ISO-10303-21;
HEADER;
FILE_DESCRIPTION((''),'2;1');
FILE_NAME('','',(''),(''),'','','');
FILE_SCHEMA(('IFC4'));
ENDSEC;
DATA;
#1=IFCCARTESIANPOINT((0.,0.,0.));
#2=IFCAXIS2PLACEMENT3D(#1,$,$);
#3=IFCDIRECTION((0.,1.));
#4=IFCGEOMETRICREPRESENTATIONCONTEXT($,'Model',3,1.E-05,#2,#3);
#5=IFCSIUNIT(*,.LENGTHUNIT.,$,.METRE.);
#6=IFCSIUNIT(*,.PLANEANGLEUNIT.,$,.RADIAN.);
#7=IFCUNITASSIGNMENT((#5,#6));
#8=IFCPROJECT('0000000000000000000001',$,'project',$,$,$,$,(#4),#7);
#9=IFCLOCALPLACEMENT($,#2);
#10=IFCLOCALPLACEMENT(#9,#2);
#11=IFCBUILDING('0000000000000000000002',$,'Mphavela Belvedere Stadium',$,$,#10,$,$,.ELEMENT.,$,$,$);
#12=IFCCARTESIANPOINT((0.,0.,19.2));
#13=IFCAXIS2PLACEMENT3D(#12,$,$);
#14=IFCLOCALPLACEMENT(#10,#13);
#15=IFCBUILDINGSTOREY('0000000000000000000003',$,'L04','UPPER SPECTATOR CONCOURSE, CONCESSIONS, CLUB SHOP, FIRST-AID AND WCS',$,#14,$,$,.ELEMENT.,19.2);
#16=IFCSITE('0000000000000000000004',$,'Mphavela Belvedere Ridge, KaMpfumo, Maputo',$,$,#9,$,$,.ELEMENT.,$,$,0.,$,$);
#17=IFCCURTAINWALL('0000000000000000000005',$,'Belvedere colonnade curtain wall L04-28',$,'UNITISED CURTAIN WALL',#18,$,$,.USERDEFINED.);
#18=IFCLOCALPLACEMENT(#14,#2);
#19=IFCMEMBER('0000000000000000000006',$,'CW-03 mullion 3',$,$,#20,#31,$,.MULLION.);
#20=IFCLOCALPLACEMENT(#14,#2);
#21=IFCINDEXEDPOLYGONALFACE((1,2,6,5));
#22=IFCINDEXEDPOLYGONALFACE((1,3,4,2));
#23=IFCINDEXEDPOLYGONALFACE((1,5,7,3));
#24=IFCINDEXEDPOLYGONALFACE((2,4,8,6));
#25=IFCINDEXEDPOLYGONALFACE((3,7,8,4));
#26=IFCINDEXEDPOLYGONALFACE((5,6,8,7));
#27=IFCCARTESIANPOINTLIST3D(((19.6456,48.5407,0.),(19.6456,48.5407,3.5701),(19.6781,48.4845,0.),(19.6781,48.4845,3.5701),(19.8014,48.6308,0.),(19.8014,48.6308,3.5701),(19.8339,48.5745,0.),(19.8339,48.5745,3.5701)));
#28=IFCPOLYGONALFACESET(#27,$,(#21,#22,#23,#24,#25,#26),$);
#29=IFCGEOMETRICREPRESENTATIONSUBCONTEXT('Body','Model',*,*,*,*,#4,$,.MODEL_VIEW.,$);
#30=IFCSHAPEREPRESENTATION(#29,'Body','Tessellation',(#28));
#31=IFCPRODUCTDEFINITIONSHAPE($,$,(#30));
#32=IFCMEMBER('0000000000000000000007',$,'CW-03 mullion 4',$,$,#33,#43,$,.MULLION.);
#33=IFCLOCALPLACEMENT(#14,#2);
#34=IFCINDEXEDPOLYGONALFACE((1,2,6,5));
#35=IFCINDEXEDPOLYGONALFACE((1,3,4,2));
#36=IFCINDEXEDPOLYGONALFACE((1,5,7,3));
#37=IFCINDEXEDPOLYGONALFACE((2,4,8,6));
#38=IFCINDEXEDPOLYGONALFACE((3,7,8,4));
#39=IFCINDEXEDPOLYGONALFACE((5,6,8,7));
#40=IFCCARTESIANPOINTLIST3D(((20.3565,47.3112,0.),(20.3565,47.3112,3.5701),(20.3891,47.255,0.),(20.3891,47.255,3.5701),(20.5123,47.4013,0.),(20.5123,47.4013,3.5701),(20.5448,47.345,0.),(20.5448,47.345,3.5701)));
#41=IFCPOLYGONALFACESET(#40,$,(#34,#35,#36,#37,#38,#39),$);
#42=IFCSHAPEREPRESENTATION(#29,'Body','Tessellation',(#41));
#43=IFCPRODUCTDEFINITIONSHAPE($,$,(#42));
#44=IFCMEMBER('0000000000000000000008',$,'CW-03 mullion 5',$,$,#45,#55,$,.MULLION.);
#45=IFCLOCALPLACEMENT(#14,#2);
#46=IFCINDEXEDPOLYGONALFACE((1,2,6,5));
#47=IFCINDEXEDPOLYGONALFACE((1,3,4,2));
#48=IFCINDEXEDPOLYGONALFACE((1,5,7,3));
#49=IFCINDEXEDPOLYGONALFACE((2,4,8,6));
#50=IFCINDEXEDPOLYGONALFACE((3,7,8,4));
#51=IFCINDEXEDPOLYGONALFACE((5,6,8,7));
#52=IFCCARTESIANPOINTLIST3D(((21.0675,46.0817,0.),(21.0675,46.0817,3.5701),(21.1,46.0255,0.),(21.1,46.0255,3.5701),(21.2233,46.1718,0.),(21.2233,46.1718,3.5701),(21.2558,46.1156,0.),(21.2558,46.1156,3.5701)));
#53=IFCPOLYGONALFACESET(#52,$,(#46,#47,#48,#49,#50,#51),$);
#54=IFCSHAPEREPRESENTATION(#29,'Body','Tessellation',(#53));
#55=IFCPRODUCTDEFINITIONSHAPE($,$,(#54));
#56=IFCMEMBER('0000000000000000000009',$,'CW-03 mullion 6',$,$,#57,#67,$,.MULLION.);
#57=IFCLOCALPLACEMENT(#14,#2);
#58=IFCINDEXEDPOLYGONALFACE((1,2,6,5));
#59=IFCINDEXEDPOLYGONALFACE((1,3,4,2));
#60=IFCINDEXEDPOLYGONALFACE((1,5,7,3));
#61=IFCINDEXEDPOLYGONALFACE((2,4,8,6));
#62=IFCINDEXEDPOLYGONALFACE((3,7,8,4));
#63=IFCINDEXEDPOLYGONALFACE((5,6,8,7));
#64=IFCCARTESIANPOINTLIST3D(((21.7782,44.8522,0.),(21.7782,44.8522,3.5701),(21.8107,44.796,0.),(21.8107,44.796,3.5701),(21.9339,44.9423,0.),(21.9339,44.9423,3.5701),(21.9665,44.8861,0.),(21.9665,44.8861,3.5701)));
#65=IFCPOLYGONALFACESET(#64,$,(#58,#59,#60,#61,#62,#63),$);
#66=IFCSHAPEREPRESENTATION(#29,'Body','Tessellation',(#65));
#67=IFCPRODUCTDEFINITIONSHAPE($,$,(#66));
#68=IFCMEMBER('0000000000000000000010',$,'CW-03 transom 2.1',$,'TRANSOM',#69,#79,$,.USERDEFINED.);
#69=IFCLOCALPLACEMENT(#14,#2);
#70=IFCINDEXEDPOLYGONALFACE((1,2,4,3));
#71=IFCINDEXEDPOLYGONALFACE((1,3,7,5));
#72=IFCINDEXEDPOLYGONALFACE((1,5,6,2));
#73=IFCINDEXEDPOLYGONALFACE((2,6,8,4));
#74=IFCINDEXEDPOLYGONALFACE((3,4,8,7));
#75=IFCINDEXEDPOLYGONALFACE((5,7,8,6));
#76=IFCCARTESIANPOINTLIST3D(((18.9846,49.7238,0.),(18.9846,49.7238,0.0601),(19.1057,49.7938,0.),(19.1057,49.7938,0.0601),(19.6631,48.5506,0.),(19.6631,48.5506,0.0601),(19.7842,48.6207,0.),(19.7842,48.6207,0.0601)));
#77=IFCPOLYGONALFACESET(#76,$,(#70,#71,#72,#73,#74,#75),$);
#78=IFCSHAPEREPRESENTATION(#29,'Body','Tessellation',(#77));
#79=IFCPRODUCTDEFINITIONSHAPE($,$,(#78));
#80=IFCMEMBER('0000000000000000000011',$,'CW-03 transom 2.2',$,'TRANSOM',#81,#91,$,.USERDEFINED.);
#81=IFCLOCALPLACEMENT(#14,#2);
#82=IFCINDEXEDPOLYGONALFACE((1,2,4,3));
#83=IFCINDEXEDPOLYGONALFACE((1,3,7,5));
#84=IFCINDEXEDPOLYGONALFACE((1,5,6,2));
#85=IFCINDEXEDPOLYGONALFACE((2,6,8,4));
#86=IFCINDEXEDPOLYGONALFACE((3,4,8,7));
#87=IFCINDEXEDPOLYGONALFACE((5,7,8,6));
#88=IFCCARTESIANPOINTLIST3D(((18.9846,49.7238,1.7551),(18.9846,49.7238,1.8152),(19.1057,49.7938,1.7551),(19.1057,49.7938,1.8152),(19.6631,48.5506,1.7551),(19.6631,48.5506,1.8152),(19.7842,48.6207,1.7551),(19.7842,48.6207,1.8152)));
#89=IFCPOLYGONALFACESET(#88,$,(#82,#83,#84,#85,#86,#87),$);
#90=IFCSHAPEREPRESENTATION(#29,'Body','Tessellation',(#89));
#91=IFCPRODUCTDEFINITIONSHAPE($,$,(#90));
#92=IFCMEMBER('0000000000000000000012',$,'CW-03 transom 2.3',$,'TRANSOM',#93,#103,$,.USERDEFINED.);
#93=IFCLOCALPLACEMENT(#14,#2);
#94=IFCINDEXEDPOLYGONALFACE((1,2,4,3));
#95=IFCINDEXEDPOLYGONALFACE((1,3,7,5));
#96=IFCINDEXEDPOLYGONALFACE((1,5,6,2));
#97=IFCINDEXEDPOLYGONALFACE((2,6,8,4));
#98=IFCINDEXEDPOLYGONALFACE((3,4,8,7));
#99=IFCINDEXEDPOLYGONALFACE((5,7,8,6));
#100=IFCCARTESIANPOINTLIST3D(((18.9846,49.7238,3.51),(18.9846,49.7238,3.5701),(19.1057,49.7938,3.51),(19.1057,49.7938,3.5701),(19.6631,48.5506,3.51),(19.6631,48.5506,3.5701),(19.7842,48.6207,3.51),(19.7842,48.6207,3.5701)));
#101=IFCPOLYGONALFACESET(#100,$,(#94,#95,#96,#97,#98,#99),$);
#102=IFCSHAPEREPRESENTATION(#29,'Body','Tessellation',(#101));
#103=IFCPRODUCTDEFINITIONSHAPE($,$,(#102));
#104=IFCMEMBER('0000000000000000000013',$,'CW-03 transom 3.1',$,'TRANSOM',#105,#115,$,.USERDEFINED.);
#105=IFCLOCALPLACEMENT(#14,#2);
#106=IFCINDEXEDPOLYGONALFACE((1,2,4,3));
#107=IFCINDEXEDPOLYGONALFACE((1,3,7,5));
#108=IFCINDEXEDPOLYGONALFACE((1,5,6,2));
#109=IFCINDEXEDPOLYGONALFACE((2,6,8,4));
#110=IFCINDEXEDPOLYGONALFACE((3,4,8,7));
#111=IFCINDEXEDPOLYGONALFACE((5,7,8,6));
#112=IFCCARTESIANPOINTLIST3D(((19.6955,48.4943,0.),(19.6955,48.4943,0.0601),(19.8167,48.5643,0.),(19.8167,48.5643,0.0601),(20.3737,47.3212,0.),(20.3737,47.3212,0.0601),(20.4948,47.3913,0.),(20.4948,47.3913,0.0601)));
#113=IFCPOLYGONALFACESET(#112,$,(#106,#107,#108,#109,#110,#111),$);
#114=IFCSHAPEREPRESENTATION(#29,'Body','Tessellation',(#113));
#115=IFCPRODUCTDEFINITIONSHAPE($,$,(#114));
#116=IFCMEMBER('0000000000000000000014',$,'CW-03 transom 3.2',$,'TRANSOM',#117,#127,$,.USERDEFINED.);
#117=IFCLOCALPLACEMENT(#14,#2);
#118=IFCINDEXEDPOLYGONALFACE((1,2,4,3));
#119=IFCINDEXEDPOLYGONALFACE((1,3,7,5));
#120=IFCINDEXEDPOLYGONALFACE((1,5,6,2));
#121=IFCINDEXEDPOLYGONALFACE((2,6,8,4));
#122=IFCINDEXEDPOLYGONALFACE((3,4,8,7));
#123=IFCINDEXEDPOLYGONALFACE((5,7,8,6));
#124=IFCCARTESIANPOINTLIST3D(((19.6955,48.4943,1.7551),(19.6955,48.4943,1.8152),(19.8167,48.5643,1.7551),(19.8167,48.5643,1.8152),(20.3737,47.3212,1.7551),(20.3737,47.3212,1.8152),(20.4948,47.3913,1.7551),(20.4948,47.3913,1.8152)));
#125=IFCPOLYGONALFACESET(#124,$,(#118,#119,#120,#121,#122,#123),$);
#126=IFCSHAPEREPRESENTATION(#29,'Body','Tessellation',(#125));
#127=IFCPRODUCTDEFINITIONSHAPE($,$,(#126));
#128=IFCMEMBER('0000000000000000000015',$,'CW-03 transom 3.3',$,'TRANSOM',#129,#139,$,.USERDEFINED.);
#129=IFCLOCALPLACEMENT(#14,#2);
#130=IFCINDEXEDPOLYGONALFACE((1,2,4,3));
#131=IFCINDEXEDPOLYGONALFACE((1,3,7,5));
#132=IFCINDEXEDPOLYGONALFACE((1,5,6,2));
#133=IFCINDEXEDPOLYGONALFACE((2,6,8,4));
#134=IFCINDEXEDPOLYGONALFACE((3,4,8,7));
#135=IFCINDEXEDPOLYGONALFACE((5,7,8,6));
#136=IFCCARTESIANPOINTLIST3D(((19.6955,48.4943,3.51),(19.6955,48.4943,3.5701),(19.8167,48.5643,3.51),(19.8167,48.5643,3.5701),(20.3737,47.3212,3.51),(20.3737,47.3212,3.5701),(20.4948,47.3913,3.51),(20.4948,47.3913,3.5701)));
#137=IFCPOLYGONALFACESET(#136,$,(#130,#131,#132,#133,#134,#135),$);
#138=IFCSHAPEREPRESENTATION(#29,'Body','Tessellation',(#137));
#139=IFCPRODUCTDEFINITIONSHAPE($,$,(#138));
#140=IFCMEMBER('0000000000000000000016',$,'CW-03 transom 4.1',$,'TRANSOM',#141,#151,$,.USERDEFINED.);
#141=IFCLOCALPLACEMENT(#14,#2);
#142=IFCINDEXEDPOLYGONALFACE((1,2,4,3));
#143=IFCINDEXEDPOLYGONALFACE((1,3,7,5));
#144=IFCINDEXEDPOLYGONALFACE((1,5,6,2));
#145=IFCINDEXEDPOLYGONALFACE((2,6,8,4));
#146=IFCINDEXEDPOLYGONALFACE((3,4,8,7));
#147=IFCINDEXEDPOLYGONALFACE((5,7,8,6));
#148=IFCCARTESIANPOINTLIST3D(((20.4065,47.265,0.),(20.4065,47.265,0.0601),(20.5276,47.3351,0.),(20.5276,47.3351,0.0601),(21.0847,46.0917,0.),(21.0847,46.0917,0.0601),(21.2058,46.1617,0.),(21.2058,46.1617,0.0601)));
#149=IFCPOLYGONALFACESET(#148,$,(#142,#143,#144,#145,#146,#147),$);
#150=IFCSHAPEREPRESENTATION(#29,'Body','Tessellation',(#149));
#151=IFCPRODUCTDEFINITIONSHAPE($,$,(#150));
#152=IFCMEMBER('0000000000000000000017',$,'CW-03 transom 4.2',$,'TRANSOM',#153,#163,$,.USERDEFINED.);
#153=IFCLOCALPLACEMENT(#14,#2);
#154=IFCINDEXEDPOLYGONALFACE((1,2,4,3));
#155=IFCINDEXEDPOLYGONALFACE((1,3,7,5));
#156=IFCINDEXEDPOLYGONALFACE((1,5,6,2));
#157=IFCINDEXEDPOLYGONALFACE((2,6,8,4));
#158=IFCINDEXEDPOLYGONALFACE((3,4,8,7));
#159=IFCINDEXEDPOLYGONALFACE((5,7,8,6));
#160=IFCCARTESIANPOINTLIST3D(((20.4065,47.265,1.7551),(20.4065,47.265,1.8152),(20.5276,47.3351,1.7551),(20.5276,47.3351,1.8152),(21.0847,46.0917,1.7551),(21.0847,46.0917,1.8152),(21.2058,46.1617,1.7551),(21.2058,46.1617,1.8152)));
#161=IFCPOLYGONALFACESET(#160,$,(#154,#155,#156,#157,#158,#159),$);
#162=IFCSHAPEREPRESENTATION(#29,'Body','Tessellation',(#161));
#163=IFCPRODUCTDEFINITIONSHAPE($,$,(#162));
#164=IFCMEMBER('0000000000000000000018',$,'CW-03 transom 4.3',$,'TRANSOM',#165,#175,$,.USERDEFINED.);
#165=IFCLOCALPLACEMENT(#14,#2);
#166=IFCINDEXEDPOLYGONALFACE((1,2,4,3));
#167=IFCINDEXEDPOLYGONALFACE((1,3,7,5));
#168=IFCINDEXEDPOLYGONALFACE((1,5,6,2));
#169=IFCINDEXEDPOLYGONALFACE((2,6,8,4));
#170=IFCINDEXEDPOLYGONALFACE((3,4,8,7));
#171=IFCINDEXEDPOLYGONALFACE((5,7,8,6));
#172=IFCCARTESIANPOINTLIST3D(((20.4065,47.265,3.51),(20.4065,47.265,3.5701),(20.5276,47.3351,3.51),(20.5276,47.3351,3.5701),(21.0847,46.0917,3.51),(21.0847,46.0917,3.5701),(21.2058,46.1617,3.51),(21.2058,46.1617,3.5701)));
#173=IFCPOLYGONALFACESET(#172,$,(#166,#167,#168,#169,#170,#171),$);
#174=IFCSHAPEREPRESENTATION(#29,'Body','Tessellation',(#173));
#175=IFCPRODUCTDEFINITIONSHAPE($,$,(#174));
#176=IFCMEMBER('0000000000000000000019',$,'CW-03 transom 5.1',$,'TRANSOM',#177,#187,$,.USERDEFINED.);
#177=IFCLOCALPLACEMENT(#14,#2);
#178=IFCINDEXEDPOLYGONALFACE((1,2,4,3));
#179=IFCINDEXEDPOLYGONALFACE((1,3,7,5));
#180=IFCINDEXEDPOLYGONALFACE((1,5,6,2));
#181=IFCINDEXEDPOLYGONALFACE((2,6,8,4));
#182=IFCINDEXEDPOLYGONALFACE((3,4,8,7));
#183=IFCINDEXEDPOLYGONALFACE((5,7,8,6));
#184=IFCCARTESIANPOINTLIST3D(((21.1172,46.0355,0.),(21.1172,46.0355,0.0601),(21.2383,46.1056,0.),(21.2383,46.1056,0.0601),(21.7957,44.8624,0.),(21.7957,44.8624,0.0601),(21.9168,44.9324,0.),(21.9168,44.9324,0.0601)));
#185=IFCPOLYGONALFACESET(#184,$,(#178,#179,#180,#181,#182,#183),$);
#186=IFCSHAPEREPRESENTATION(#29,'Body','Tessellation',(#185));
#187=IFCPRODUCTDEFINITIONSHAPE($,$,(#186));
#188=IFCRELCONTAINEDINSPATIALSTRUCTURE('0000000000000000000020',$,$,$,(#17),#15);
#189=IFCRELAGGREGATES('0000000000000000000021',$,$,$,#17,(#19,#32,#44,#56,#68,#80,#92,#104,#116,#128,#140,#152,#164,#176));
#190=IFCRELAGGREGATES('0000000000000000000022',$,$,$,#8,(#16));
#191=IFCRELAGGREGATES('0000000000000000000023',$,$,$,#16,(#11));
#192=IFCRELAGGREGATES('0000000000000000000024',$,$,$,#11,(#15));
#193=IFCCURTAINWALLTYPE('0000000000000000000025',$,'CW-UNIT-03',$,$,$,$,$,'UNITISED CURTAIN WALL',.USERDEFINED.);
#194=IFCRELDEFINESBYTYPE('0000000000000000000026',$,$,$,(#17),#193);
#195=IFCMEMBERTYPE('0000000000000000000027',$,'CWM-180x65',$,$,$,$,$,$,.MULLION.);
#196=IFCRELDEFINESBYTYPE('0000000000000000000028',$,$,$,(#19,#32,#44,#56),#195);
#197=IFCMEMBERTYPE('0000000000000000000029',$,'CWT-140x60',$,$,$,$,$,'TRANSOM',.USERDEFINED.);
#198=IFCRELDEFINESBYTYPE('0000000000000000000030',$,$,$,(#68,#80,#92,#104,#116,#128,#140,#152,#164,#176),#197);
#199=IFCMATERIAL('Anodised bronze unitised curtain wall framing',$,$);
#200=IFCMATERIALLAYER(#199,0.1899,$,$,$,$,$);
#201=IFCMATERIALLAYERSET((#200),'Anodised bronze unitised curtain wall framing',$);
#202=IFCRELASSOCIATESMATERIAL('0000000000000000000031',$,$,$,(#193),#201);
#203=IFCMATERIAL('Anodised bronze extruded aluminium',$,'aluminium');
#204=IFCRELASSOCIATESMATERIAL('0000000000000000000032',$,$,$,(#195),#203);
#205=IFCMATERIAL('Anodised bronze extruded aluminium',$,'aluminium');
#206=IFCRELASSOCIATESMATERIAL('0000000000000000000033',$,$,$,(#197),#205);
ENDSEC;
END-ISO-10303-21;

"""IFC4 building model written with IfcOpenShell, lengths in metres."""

from ifc_helpers import new_model, si_unit, direction, frame, origin, origin_2d, place, context, subcontext, project, spatial, rectangle, extrude, material, layer, layer_set, material_profile, profile_set, type_object, element, aggregate, save


model = new_model("IFC4")

# Units and contexts
model_context = context("Model", 3, precision=1e-05, world=origin(), true_north=direction((0.0, 1.0)))
body_context = subcontext(model_context, "Body", "Model", "MODEL_VIEW")
ifc_project = project(units=[si_unit("LENGTHUNIT", "METRE"), si_unit("PLANEANGLEUNIT", "RADIAN")], contexts=[model_context])

# Site, building, storey
site_placement = place(None, origin())
site = spatial("IfcSite", under=ifc_project, at=site_placement, Name="Mphavela Belvedere Ridge, KaMpfumo, Maputo", CompositionType="ELEMENT", RefElevation=0.0)
building_placement = place(site_placement, origin())
building = spatial("IfcBuilding", under=site, at=building_placement, Name="Mphavela Belvedere Stadium", CompositionType="ELEMENT")
storey_placement = place(building_placement, frame((0.0, 0.0, 19.2)))
storey = spatial("IfcBuildingStorey", under=building, at=storey_placement, Name="L04", Description="UPPER SPECTATOR CONCOURSE, CONCESSIONS, CLUB SHOP, FIRST-AID AND WCS", CompositionType="ELEMENT", Elevation=19.2)

# Curtain wall, members
ifc_material_1 = material(Name="Anodised bronze unitised curtain wall framing")
ifc_layer_1 = layer(ifc_material_1, 0.1899)
ifc_layer_set_1 = layer_set([ifc_layer_1], Name="Anodised bronze unitised curtain wall framing")
curtain_wall_type = type_object("IfcCurtainWallType", Name="CW-UNIT-03", ElementType="UNITISED CURTAIN WALL", PredefinedType="USERDEFINED", material=ifc_layer_set_1)
curtain_wall_placement = place(storey_placement, origin())
curtain_wall = element("IfcCurtainWall", 1, at=curtain_wall_placement, inside=storey, type_object=curtain_wall_type, Name="Belvedere colonnade curtain wall L04-28", ObjectType="UNITISED CURTAIN WALL", PredefinedType="USERDEFINED")
ifc_material_2 = material(Name="Anodised bronze extruded aluminium", Category="aluminium")
ifc_material_profile_1 = material_profile(ifc_material_2, rectangle(XDim=0.1799, YDim=0.0649, at=origin_2d()), Name="CW-MUL 180x65")
ifc_profile_set_1 = profile_set([ifc_material_profile_1], Name="Anodised bronze extruded aluminium")
member_type_1 = type_object("IfcMemberType", Name="CWM-180x65", PredefinedType="MULLION", material=ifc_profile_set_1)
member_1_placement = place(storey_placement, frame((19.7397, 48.5576, 0.0), z_axis=(0.0, 0.0, 1.0), x_axis=(0.865704, 0.500556, 0.0)))
member_1 = element("IfcMember", 2, at=member_1_placement, type_object=member_type_1, Name="CW-03 mullion 3", PredefinedType="MULLION", context=body_context, shape_type="SweptSolid", body=[
    extrude(rectangle(XDim=0.1799, YDim=0.0649, at=origin_2d()), origin(), (0.0, 0.0, 1.0), 3.5701),
])
member_2_placement = place(storey_placement, frame((20.4507, 47.3281, 0.0), z_axis=(0.0, 0.0, 1.0), x_axis=(0.865704, 0.500556, 0.0)))
member_2 = element("IfcMember", 3, at=member_2_placement, type_object=member_type_1, Name="CW-03 mullion 4", PredefinedType="MULLION", context=body_context, shape_type="SweptSolid", body=[
    extrude(rectangle(XDim=0.1799, YDim=0.0649, at=origin_2d()), origin(), (0.0, 0.0, 1.0), 3.5701),
])
member_3_placement = place(storey_placement, frame((21.1616, 46.0986, 0.0), z_axis=(0.0, 0.0, 1.0), x_axis=(0.865704, 0.500556, 0.0)))
member_3 = element("IfcMember", 4, at=member_3_placement, type_object=member_type_1, Name="CW-03 mullion 5", PredefinedType="MULLION", context=body_context, shape_type="SweptSolid", body=[
    extrude(rectangle(XDim=0.1799, YDim=0.0649, at=origin_2d()), origin(), (0.0, 0.0, 1.0), 3.5701),
])
member_4_placement = place(storey_placement, frame((21.8723, 44.8691, 0.0), z_axis=(0.0, 0.0, 1.0), x_axis=(0.865704, 0.500556, 0.0)))
member_4 = element("IfcMember", 5, at=member_4_placement, type_object=member_type_1, Name="CW-03 mullion 6", PredefinedType="MULLION", context=body_context, shape_type="SweptSolid", body=[
    extrude(rectangle(XDim=0.1799, YDim=0.0649, at=origin_2d()), origin(), (0.0, 0.0, 1.0), 3.5701),
])
ifc_material_3 = material(Name="Anodised bronze extruded aluminium", Category="aluminium")
ifc_material_profile_2 = material_profile(ifc_material_3, rectangle(XDim=0.1399, YDim=0.0601, at=origin_2d()), Name="CW-TRN 140x60")
ifc_profile_set_2 = profile_set([ifc_material_profile_2], Name="Anodised bronze extruded aluminium")
member_type_2 = type_object("IfcMemberType", Name="CWT-140x60", ElementType="TRANSOM", PredefinedType="USERDEFINED", material=ifc_profile_set_2)
member_5_placement = place(storey_placement, frame((19.0452, 49.7588, 0.03), z_axis=(0.500653, -0.865648, 0.0), x_axis=(0.865648, 0.500653, 0.0)))
member_5 = element("IfcMember", 6, at=member_5_placement, type_object=member_type_2, Name="CW-03 transom 2.1", ObjectType="TRANSOM", PredefinedType="USERDEFINED", context=body_context, shape_type="SweptSolid", body=[
    extrude(rectangle(XDim=0.1399, YDim=0.0601, at=origin_2d()), origin(), (0.0, 0.0, 1.0), 1.3552),
])
member_6_placement = place(storey_placement, frame((19.0452, 49.7588, 1.7852), z_axis=(0.500653, -0.865648, 0.0), x_axis=(0.865648, 0.500653, 0.0)))
member_6 = element("IfcMember", 7, at=member_6_placement, type_object=member_type_2, Name="CW-03 transom 2.2", ObjectType="TRANSOM", PredefinedType="USERDEFINED", context=body_context, shape_type="SweptSolid", body=[
    extrude(rectangle(XDim=0.1399, YDim=0.0601, at=origin_2d()), origin(), (0.0, 0.0, 1.0), 1.3552),
])
member_7_placement = place(storey_placement, frame((19.0452, 49.7588, 3.54), z_axis=(0.500653, -0.865648, 0.0), x_axis=(0.865648, 0.500653, 0.0)))
member_7 = element("IfcMember", 8, at=member_7_placement, type_object=member_type_2, Name="CW-03 transom 2.3", ObjectType="TRANSOM", PredefinedType="USERDEFINED", context=body_context, shape_type="SweptSolid", body=[
    extrude(rectangle(XDim=0.1399, YDim=0.0601, at=origin_2d()), origin(), (0.0, 0.0, 1.0), 1.3552),
])
member_8_placement = place(storey_placement, frame((19.7561, 48.5293, 0.03), z_axis=(0.500518, -0.865726, 0.0), x_axis=(0.865726, 0.500518, 0.0)))
member_8 = element("IfcMember", 9, at=member_8_placement, type_object=member_type_2, Name="CW-03 transom 3.1", ObjectType="TRANSOM", PredefinedType="USERDEFINED", context=body_context, shape_type="SweptSolid", body=[
    extrude(rectangle(XDim=0.1399, YDim=0.0601, at=origin_2d()), origin(), (0.0, 0.0, 1.0), 1.355),
])
member_9_placement = place(storey_placement, frame((19.7561, 48.5293, 1.7852), z_axis=(0.500518, -0.865726, 0.0), x_axis=(0.865726, 0.500518, 0.0)))
member_9 = element("IfcMember", 10, at=member_9_placement, type_object=member_type_2, Name="CW-03 transom 3.2", ObjectType="TRANSOM", PredefinedType="USERDEFINED", context=body_context, shape_type="SweptSolid", body=[
    extrude(rectangle(XDim=0.1399, YDim=0.0601, at=origin_2d()), origin(), (0.0, 0.0, 1.0), 1.355),
])
member_10_placement = place(storey_placement, frame((19.7561, 48.5293, 3.54), z_axis=(0.500518, -0.865726, 0.0), x_axis=(0.865726, 0.500518, 0.0)))
member_10 = element("IfcMember", 11, at=member_10_placement, type_object=member_type_2, Name="CW-03 transom 3.3", ObjectType="TRANSOM", PredefinedType="USERDEFINED", context=body_context, shape_type="SweptSolid", body=[
    extrude(rectangle(XDim=0.1399, YDim=0.0601, at=origin_2d()), origin(), (0.0, 0.0, 1.0), 1.355),
])
member_11_placement = place(storey_placement, frame((20.467, 47.3, 0.03), z_axis=(0.50044, -0.865771, 0.0), x_axis=(0.865771, 0.50044, 0.0)))
member_11 = element("IfcMember", 12, at=member_11_placement, type_object=member_type_2, Name="CW-03 transom 4.1", ObjectType="TRANSOM", PredefinedType="USERDEFINED", context=body_context, shape_type="SweptSolid", body=[
    extrude(rectangle(XDim=0.1399, YDim=0.0601, at=origin_2d()), origin(), (0.0, 0.0, 1.0), 1.3552),
])
member_12_placement = place(storey_placement, frame((20.467, 47.3, 1.7852), z_axis=(0.50044, -0.865771, 0.0), x_axis=(0.865771, 0.50044, 0.0)))
member_12 = element("IfcMember", 13, at=member_12_placement, type_object=member_type_2, Name="CW-03 transom 4.2", ObjectType="TRANSOM", PredefinedType="USERDEFINED", context=body_context, shape_type="SweptSolid", body=[
    extrude(rectangle(XDim=0.1399, YDim=0.0601, at=origin_2d()), origin(), (0.0, 0.0, 1.0), 1.3552),
])
member_13_placement = place(storey_placement, frame((20.467, 47.3, 3.54), z_axis=(0.50044, -0.865771, 0.0), x_axis=(0.865771, 0.50044, 0.0)))
member_13 = element("IfcMember", 14, at=member_13_placement, type_object=member_type_2, Name="CW-03 transom 4.3", ObjectType="TRANSOM", PredefinedType="USERDEFINED", context=body_context, shape_type="SweptSolid", body=[
    extrude(rectangle(XDim=0.1399, YDim=0.0601, at=origin_2d()), origin(), (0.0, 0.0, 1.0), 1.3552),
])
member_14_placement = place(storey_placement, frame((21.1777, 46.0706, 0.03), z_axis=(0.500653, -0.865648, 0.0), x_axis=(0.865648, 0.500653, 0.0)))
member_14 = element("IfcMember", 15, at=member_14_placement, type_object=member_type_2, Name="CW-03 transom 5.1", ObjectType="TRANSOM", PredefinedType="USERDEFINED", context=body_context, shape_type="SweptSolid", body=[
    extrude(rectangle(XDim=0.1399, YDim=0.0601, at=origin_2d()), origin(), (0.0, 0.0, 1.0), 1.3552),
])
aggregate(curtain_wall, [member_1, member_2, member_3, member_4, member_5, member_6, member_7, member_8, member_9, member_10, member_11, member_12, member_13, member_14])

save(model, "model.ifc")
